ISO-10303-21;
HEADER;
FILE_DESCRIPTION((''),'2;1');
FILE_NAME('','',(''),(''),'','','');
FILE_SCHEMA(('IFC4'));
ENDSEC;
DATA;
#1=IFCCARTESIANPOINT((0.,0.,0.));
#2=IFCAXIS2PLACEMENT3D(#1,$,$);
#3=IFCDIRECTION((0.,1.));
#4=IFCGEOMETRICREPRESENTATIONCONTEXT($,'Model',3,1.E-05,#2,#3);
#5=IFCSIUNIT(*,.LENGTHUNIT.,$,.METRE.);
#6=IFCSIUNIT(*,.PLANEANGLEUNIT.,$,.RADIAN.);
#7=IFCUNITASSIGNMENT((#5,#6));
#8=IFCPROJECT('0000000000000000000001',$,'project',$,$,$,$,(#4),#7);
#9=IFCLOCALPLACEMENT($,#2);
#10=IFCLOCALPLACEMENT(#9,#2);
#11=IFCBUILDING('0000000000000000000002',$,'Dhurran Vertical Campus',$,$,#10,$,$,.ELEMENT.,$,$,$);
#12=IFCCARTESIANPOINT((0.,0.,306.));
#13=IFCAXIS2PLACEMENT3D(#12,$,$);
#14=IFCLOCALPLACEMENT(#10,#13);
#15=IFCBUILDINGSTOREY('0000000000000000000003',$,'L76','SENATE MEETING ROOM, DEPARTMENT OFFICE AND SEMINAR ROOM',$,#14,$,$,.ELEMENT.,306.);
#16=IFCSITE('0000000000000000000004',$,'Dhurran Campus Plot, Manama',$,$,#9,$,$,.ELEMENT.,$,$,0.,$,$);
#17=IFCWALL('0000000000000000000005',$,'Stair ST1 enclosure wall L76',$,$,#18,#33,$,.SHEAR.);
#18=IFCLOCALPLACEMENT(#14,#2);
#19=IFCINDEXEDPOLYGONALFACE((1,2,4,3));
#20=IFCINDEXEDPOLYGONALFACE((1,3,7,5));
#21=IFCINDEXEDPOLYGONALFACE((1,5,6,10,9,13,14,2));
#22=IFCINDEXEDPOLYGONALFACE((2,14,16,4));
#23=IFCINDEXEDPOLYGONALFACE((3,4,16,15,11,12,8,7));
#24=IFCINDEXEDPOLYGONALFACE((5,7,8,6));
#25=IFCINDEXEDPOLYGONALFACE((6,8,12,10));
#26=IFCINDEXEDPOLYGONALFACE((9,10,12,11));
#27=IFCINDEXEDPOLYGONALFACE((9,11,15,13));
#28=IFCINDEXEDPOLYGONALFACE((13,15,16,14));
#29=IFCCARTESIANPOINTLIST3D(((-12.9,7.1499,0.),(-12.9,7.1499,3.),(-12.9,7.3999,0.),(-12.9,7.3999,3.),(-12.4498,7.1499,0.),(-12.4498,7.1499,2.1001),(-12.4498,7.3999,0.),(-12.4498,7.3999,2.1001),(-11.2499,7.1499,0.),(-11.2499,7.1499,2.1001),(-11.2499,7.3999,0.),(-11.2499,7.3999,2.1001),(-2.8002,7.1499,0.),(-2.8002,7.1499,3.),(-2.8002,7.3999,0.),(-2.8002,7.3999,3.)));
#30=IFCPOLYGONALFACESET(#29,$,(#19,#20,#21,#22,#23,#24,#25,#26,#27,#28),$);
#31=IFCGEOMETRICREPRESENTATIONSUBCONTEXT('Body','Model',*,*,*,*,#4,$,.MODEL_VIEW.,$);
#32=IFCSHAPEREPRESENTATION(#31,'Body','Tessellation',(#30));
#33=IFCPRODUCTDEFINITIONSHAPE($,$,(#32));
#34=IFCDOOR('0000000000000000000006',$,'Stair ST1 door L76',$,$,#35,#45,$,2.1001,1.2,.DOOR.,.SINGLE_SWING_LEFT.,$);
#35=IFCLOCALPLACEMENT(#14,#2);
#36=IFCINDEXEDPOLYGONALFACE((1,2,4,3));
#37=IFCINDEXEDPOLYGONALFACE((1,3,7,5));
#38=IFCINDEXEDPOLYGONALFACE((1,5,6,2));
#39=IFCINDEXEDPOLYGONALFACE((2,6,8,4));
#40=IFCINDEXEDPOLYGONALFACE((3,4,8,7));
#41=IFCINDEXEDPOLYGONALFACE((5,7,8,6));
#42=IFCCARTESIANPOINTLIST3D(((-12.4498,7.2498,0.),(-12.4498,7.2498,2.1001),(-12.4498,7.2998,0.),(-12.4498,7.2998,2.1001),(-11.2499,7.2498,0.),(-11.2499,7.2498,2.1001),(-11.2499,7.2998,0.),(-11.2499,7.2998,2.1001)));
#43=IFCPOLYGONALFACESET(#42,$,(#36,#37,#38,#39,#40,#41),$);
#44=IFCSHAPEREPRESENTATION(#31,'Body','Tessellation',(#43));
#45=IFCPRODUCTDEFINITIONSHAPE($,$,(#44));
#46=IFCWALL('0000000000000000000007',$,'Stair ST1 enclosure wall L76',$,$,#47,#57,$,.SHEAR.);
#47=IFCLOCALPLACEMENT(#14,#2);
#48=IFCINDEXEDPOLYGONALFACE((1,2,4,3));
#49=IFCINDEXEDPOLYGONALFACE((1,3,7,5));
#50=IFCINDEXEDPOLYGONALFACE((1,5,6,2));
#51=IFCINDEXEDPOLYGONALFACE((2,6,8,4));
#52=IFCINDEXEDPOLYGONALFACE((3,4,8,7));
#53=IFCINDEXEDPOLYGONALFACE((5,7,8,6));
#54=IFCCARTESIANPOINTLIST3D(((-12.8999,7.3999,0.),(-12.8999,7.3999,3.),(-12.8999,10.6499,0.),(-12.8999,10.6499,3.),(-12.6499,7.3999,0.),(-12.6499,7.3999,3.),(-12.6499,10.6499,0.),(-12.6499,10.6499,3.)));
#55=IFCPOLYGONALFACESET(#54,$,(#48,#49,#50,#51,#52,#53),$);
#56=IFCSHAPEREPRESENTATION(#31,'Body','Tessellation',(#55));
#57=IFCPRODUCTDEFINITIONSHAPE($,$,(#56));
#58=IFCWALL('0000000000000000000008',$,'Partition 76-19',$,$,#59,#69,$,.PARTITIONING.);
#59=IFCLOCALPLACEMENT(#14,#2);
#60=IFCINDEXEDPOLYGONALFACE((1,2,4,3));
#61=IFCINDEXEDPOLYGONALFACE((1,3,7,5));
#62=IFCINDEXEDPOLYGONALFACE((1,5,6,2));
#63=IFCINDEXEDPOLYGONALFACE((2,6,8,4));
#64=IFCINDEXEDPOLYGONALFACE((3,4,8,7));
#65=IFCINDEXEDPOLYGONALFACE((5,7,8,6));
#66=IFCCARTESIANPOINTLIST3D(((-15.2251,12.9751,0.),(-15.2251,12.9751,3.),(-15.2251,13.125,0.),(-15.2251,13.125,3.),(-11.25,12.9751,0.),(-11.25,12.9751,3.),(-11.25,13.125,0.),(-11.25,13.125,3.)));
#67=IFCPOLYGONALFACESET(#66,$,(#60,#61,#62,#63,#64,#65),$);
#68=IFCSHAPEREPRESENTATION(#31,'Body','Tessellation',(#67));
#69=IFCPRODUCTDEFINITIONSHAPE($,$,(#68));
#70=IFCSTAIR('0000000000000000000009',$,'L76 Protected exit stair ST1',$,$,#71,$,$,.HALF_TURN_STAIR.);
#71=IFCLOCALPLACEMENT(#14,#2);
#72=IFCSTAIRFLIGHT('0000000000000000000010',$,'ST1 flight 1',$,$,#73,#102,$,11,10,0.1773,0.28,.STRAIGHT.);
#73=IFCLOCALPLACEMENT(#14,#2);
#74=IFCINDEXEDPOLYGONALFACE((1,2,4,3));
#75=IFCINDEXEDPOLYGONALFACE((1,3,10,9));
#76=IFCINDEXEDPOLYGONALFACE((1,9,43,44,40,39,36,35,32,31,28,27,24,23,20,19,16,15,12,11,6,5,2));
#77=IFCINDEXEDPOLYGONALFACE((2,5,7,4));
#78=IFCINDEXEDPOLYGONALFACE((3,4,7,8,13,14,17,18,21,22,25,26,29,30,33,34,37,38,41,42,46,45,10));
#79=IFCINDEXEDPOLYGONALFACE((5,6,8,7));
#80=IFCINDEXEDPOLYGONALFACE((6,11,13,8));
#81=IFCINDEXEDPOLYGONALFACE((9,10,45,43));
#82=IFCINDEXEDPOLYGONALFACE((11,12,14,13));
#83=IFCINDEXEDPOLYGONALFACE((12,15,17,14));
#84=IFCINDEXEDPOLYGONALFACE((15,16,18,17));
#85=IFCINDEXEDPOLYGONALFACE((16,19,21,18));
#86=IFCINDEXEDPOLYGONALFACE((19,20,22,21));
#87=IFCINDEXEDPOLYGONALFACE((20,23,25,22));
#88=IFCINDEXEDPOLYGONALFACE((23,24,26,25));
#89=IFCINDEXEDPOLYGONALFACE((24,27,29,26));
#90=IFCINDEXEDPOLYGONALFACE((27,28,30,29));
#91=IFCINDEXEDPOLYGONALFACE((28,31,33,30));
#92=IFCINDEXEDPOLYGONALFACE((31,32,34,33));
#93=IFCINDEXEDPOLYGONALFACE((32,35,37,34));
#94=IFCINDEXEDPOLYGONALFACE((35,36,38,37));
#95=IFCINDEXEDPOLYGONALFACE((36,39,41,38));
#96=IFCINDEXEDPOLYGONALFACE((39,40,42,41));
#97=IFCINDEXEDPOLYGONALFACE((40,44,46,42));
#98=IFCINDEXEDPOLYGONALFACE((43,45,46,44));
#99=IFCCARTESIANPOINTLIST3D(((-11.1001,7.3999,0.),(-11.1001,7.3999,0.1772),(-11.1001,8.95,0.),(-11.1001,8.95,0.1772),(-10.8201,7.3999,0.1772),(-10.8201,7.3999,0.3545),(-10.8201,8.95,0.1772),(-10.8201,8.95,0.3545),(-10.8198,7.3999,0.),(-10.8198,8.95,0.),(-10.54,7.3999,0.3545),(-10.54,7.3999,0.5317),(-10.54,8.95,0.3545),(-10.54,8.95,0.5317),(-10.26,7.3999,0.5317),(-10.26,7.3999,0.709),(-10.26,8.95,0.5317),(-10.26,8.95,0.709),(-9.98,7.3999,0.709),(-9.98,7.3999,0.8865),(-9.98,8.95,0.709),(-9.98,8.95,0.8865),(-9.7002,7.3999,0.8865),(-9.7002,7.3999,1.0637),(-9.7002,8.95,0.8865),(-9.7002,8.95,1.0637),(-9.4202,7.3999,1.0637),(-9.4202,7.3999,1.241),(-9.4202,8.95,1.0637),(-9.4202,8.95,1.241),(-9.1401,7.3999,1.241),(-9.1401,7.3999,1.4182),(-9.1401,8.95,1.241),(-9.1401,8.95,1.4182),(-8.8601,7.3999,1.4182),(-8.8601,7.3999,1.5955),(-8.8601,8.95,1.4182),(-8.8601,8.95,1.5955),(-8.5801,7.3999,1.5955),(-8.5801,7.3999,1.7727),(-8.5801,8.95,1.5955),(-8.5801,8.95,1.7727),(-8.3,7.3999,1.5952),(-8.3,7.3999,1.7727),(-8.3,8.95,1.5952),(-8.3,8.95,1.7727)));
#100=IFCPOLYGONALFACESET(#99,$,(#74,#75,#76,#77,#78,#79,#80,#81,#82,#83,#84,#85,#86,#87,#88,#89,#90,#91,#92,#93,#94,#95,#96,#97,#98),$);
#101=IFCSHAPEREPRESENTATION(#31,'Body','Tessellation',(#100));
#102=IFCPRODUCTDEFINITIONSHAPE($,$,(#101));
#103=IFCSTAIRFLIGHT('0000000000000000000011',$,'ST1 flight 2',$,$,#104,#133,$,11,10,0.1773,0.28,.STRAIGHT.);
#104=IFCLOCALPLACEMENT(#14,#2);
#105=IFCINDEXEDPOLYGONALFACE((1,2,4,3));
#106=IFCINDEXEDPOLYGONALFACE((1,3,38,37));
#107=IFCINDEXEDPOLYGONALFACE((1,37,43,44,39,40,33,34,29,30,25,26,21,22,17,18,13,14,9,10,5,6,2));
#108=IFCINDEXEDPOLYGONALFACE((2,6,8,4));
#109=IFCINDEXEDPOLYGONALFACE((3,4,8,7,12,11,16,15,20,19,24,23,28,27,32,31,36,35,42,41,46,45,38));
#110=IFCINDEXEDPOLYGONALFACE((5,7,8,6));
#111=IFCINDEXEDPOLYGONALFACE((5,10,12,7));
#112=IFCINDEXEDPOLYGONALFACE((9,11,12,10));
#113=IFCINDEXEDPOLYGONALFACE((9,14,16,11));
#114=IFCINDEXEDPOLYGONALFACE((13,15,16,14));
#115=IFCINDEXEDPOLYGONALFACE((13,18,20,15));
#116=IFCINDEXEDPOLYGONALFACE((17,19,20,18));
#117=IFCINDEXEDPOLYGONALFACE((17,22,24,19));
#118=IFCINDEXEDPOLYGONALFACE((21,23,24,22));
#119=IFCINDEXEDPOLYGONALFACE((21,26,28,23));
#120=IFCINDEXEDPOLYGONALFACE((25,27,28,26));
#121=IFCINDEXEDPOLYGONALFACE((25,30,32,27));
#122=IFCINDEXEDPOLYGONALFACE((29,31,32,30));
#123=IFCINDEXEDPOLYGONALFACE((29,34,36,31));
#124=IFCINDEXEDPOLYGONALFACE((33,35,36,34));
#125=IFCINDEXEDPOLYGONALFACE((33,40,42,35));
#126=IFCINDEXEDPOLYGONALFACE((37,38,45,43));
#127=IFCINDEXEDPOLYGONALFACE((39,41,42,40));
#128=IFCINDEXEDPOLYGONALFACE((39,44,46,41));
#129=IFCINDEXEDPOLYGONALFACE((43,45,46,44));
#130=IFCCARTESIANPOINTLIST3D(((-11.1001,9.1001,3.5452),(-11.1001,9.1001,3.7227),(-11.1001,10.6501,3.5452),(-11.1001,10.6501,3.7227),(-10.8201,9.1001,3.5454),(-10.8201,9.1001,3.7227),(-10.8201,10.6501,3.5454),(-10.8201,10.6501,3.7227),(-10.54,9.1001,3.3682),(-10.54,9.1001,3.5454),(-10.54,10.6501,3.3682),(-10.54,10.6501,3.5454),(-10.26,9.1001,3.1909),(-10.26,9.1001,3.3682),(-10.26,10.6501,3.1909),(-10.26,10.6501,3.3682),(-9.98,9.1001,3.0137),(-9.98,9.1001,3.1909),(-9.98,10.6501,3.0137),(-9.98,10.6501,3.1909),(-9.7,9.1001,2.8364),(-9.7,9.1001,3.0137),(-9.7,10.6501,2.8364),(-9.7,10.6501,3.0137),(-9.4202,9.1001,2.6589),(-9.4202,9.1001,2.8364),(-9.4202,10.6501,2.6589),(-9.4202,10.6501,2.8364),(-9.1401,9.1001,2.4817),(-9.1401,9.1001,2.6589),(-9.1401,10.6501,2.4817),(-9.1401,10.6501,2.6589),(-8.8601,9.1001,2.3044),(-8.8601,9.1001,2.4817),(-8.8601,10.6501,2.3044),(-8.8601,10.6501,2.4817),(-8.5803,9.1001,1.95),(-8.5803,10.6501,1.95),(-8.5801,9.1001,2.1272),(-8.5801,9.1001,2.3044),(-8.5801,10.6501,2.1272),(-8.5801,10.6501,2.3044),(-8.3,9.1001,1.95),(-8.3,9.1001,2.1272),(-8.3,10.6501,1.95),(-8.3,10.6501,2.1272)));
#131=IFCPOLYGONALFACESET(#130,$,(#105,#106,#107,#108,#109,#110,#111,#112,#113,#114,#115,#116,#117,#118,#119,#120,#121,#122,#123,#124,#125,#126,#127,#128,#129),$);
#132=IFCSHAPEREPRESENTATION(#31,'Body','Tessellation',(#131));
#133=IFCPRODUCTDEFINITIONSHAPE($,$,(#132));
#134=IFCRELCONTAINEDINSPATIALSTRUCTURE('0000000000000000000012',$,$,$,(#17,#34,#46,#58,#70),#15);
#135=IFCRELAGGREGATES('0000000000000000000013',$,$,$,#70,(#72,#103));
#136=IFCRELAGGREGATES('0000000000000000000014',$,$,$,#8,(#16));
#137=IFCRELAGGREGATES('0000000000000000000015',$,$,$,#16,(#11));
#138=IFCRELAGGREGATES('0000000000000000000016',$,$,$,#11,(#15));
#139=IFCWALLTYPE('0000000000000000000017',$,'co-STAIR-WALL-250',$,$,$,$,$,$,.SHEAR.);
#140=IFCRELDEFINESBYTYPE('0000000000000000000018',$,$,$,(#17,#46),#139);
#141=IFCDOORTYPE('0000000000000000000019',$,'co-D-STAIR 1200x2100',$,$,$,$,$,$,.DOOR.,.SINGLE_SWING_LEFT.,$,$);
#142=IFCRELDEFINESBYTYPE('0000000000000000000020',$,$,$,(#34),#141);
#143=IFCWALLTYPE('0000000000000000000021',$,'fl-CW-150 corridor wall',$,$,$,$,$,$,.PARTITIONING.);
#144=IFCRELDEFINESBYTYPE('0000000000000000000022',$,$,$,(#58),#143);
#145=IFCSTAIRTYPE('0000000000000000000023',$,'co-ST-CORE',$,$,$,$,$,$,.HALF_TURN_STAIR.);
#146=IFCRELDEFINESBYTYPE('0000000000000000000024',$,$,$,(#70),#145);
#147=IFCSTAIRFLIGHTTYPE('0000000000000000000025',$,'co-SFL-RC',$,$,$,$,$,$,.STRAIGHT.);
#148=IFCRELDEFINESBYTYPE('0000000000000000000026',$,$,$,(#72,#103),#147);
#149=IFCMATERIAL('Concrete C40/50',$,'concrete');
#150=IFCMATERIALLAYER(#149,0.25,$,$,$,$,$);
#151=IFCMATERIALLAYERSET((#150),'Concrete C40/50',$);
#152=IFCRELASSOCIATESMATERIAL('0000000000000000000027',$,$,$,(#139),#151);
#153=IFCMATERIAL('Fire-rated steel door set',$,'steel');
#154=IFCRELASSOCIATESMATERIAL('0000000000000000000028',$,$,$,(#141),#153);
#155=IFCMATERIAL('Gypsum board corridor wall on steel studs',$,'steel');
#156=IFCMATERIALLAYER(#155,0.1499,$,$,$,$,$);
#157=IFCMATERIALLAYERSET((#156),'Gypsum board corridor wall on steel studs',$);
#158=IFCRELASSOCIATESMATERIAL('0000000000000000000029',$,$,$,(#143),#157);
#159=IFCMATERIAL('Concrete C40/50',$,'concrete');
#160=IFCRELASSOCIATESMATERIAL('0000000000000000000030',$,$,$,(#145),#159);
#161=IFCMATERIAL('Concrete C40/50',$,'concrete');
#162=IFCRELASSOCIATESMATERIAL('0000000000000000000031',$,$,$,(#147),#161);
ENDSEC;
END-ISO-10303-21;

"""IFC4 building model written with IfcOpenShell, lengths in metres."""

from ifc_helpers import new_model, si_unit, direction, frame, frame_2d, origin, place, context, subcontext, project, spatial, polyline, rectangle, outline, extrude, material, layer, layer_set, type_object, element, fill, aggregate, save


model = new_model("IFC4")

# Units and contexts
model_context = context("Model", 3, precision=1e-05, world=origin(), true_north=direction((0.0, 1.0)))
body_context = subcontext(model_context, "Body", "Model", "MODEL_VIEW")
ifc_project = project(units=[si_unit("LENGTHUNIT", "METRE"), si_unit("PLANEANGLEUNIT", "RADIAN")], contexts=[model_context])

# Site, building, storey
site_placement = place(None, origin())
site = spatial("IfcSite", under=ifc_project, at=site_placement, Name="Dhurran Campus Plot, Manama", CompositionType="ELEMENT", RefElevation=0.0)
building_placement = place(site_placement, origin())
building = spatial("IfcBuilding", under=site, at=building_placement, Name="Dhurran Vertical Campus", CompositionType="ELEMENT")
storey_placement = place(building_placement, frame((0.0, 0.0, 306.0)))
storey = spatial("IfcBuildingStorey", under=building, at=storey_placement, Name="L76", Description="SENATE MEETING ROOM, DEPARTMENT OFFICE AND SEMINAR ROOM", CompositionType="ELEMENT", Elevation=306.0)

# Wall, opening, door
ifc_material_1 = material(Name="Concrete C40/50", Category="concrete")
ifc_layer_1 = layer(ifc_material_1, 0.25)
ifc_layer_set_1 = layer_set([ifc_layer_1], Name="Concrete C40/50")
wall_type_1 = type_object("IfcWallType", Name="co-STAIR-WALL-250", PredefinedType="SHEAR", material=ifc_layer_set_1)
wall_1_placement = place(storey_placement, frame((-12.8999, 7.2749, 0.0), z_axis=(0.0, 0.0, 1.0), x_axis=(1.0, 0.0, 0.0)))
wall_1 = element("IfcWall", 1, at=wall_1_placement, inside=storey, type_object=wall_type_1, Name="Stair ST1 enclosure wall L76", PredefinedType="SHEAR", context=body_context, shape_type="SweptSolid", body=[
    extrude(rectangle(XDim=10.0999, YDim=0.25, at=frame_2d((5.0498, 0.0))), origin(), (0.0, 0.0, 1.0), 3.0),
])
opening_1_placement = place(wall_1_placement, frame((0.45, 0.0, 0.0)))
opening_1 = element("IfcOpeningElement", 2, at=opening_1_placement, cuts=wall_1, PredefinedType="OPENING", context=body_context, shape_type="SweptSolid", body=[
    extrude(rectangle(XDim=1.2, YDim=2.1001, at=frame_2d((0.6001, 1.05))), frame((0.0, 0.135, 0.0), z_axis=(0.0, -1.0, 0.0), x_axis=(1.0, 0.0, 0.0)), (0.0, 0.0, 1.0), 0.27),
])
ifc_material_2 = material(Name="Fire-rated steel door set", Category="steel")
door_type_1 = type_object("IfcDoorType", Name="co-D-STAIR 1200x2100", OperationType="SINGLE_SWING_LEFT", PredefinedType="DOOR", material=ifc_material_2)
door_1_placement = place(opening_1_placement, origin())
door_1 = element("IfcDoor", 3, at=door_1_placement, inside=storey, type_object=door_type_1, Name="Stair ST1 door L76", OperationType="SINGLE_SWING_LEFT", OverallHeight=2.1001, OverallWidth=1.2, PredefinedType="DOOR", context=body_context, shape_type="SweptSolid", body=[
    extrude(rectangle(XDim=1.2, YDim=2.1001, at=frame_2d((0.6001, 1.05))), frame((0.0, 0.0249, 0.0), z_axis=(0.0, -1.0, 0.0), x_axis=(1.0, 0.0, 0.0)), (0.0, 0.0, 1.0), 0.05),
])
fill(opening_1, door_1)

# Walls
wall_2_placement = place(storey_placement, frame((-12.7749, 7.3999, 0.0), z_axis=(0.0, 0.0, 1.0), x_axis=(0.0, 1.0, 0.0)))
element("IfcWall", 4, at=wall_2_placement, inside=storey, type_object=wall_type_1, Name="Stair ST1 enclosure wall L76", PredefinedType="SHEAR", context=body_context, shape_type="SweptSolid", body=[
    extrude(rectangle(XDim=3.25, YDim=0.25, at=frame_2d((1.625, 0.0))), origin(), (0.0, 0.0, 1.0), 3.0),
])
ifc_material_3 = material(Name="Gypsum board corridor wall on steel studs", Category="steel")
ifc_layer_2 = layer(ifc_material_3, 0.1499)
ifc_layer_set_2 = layer_set([ifc_layer_2], Name="Gypsum board corridor wall on steel studs")
wall_type_2 = type_object("IfcWallType", Name="fl-CW-150 corridor wall", PredefinedType="PARTITIONING", material=ifc_layer_set_2)
wall_3_placement = place(storey_placement, frame((-11.25, 13.05, 0.0), z_axis=(0.0, 0.0, 1.0), x_axis=(-1.0, 0.0, 0.0)))
element("IfcWall", 5, at=wall_3_placement, inside=storey, type_object=wall_type_2, Name="Partition 76-19", PredefinedType="PARTITIONING", context=body_context, shape_type="SweptSolid", body=[
    extrude(rectangle(XDim=3.9751, YDim=0.1499, at=frame_2d((1.9875, 0.0))), origin(), (0.0, 0.0, 1.0), 3.0),
])

# Stair, stair flights
ifc_material_4 = material(Name="Concrete C40/50", Category="concrete")
stair_type = type_object("IfcStairType", Name="co-ST-CORE", PredefinedType="HALF_TURN_STAIR", material=ifc_material_4)
stair_placement = place(storey_placement, origin())
stair = element("IfcStair", 6, at=stair_placement, inside=storey, type_object=stair_type, Name="L76 Protected exit stair ST1", PredefinedType="HALF_TURN_STAIR")
ifc_material_5 = material(Name="Concrete C40/50", Category="concrete")
stair_flight_type = type_object("IfcStairFlightType", Name="co-SFL-RC", PredefinedType="STRAIGHT", material=ifc_material_5)
stair_flight_1_placement = place(storey_placement, frame((-11.1001, 8.175, 0.0), z_axis=(0.0, 0.0, 1.0), x_axis=(1.0, 0.0, 0.0)))
stair_flight_1 = element("IfcStairFlight", 7, at=stair_flight_1_placement, type_object=stair_flight_type, Name="ST1 flight 1", NumberOfRisers=11, NumberOfTreads=10, PredefinedType="STRAIGHT", RiserHeight=0.1773, TreadLength=0.28, context=body_context, shape_type="SweptSolid", body=[
    extrude(outline(polyline([(0.0, 0.0), (0.0, 0.1772), (0.28, 0.1772), (0.28, 0.3545), (0.5601, 0.3545), (0.5601, 0.5317), (0.8401, 0.5317), (0.8401, 0.709), (1.1201, 0.709), (1.1201, 0.8865), (1.3999, 0.8865), (1.3999, 1.0637), (1.6799, 1.0637), (1.6799, 1.241), (1.96, 1.241), (1.96, 1.4182), (2.24, 1.4182), (2.24, 1.5955), (2.52, 1.5955), (2.52, 1.7727), (2.8, 1.7727), (2.8, 1.95), (2.8, 1.5952), (0.2803, 0.0), (0.0, 0.0)])), frame((0.0, 0.7749, 0.0), z_axis=(0.0, -1.0, 0.0), x_axis=(1.0, 0.0, 0.0)), (0.0, 0.0, 1.0), 1.55),
])
stair_flight_2_placement = place(storey_placement, frame((-8.3, 9.875, 1.95), z_axis=(0.0, 0.0, 1.0), x_axis=(-1.0, 0.0, 0.0)))
stair_flight_2 = element("IfcStairFlight", 8, at=stair_flight_2_placement, type_object=stair_flight_type, Name="ST1 flight 2", NumberOfRisers=11, NumberOfTreads=10, PredefinedType="STRAIGHT", RiserHeight=0.1773, TreadLength=0.28, context=body_context, shape_type="SweptSolid", body=[
    extrude(outline(polyline([(0.0, 0.0), (0.0, 0.1772), (0.28, 0.1772), (0.28, 0.3545), (0.5601, 0.3545), (0.5601, 0.5317), (0.8401, 0.5317), (0.8401, 0.709), (1.1201, 0.709), (1.1201, 0.8865), (1.3999, 0.8865), (1.3999, 1.0637), (1.6799, 1.0637), (1.6799, 1.241), (1.96, 1.241), (1.96, 1.4182), (2.24, 1.4182), (2.24, 1.5955), (2.52, 1.5955), (2.52, 1.7727), (2.8, 1.7727), (2.8, 1.95), (2.8, 1.5952), (0.2803, 0.0), (0.0, 0.0)])), frame((0.0, 0.7749, 0.0), z_axis=(0.0, -1.0, 0.0), x_axis=(1.0, 0.0, 0.0)), (0.0, 0.0, 1.0), 1.55),
])
aggregate(stair, [stair_flight_1, stair_flight_2])

save(model, "model.ifc")
